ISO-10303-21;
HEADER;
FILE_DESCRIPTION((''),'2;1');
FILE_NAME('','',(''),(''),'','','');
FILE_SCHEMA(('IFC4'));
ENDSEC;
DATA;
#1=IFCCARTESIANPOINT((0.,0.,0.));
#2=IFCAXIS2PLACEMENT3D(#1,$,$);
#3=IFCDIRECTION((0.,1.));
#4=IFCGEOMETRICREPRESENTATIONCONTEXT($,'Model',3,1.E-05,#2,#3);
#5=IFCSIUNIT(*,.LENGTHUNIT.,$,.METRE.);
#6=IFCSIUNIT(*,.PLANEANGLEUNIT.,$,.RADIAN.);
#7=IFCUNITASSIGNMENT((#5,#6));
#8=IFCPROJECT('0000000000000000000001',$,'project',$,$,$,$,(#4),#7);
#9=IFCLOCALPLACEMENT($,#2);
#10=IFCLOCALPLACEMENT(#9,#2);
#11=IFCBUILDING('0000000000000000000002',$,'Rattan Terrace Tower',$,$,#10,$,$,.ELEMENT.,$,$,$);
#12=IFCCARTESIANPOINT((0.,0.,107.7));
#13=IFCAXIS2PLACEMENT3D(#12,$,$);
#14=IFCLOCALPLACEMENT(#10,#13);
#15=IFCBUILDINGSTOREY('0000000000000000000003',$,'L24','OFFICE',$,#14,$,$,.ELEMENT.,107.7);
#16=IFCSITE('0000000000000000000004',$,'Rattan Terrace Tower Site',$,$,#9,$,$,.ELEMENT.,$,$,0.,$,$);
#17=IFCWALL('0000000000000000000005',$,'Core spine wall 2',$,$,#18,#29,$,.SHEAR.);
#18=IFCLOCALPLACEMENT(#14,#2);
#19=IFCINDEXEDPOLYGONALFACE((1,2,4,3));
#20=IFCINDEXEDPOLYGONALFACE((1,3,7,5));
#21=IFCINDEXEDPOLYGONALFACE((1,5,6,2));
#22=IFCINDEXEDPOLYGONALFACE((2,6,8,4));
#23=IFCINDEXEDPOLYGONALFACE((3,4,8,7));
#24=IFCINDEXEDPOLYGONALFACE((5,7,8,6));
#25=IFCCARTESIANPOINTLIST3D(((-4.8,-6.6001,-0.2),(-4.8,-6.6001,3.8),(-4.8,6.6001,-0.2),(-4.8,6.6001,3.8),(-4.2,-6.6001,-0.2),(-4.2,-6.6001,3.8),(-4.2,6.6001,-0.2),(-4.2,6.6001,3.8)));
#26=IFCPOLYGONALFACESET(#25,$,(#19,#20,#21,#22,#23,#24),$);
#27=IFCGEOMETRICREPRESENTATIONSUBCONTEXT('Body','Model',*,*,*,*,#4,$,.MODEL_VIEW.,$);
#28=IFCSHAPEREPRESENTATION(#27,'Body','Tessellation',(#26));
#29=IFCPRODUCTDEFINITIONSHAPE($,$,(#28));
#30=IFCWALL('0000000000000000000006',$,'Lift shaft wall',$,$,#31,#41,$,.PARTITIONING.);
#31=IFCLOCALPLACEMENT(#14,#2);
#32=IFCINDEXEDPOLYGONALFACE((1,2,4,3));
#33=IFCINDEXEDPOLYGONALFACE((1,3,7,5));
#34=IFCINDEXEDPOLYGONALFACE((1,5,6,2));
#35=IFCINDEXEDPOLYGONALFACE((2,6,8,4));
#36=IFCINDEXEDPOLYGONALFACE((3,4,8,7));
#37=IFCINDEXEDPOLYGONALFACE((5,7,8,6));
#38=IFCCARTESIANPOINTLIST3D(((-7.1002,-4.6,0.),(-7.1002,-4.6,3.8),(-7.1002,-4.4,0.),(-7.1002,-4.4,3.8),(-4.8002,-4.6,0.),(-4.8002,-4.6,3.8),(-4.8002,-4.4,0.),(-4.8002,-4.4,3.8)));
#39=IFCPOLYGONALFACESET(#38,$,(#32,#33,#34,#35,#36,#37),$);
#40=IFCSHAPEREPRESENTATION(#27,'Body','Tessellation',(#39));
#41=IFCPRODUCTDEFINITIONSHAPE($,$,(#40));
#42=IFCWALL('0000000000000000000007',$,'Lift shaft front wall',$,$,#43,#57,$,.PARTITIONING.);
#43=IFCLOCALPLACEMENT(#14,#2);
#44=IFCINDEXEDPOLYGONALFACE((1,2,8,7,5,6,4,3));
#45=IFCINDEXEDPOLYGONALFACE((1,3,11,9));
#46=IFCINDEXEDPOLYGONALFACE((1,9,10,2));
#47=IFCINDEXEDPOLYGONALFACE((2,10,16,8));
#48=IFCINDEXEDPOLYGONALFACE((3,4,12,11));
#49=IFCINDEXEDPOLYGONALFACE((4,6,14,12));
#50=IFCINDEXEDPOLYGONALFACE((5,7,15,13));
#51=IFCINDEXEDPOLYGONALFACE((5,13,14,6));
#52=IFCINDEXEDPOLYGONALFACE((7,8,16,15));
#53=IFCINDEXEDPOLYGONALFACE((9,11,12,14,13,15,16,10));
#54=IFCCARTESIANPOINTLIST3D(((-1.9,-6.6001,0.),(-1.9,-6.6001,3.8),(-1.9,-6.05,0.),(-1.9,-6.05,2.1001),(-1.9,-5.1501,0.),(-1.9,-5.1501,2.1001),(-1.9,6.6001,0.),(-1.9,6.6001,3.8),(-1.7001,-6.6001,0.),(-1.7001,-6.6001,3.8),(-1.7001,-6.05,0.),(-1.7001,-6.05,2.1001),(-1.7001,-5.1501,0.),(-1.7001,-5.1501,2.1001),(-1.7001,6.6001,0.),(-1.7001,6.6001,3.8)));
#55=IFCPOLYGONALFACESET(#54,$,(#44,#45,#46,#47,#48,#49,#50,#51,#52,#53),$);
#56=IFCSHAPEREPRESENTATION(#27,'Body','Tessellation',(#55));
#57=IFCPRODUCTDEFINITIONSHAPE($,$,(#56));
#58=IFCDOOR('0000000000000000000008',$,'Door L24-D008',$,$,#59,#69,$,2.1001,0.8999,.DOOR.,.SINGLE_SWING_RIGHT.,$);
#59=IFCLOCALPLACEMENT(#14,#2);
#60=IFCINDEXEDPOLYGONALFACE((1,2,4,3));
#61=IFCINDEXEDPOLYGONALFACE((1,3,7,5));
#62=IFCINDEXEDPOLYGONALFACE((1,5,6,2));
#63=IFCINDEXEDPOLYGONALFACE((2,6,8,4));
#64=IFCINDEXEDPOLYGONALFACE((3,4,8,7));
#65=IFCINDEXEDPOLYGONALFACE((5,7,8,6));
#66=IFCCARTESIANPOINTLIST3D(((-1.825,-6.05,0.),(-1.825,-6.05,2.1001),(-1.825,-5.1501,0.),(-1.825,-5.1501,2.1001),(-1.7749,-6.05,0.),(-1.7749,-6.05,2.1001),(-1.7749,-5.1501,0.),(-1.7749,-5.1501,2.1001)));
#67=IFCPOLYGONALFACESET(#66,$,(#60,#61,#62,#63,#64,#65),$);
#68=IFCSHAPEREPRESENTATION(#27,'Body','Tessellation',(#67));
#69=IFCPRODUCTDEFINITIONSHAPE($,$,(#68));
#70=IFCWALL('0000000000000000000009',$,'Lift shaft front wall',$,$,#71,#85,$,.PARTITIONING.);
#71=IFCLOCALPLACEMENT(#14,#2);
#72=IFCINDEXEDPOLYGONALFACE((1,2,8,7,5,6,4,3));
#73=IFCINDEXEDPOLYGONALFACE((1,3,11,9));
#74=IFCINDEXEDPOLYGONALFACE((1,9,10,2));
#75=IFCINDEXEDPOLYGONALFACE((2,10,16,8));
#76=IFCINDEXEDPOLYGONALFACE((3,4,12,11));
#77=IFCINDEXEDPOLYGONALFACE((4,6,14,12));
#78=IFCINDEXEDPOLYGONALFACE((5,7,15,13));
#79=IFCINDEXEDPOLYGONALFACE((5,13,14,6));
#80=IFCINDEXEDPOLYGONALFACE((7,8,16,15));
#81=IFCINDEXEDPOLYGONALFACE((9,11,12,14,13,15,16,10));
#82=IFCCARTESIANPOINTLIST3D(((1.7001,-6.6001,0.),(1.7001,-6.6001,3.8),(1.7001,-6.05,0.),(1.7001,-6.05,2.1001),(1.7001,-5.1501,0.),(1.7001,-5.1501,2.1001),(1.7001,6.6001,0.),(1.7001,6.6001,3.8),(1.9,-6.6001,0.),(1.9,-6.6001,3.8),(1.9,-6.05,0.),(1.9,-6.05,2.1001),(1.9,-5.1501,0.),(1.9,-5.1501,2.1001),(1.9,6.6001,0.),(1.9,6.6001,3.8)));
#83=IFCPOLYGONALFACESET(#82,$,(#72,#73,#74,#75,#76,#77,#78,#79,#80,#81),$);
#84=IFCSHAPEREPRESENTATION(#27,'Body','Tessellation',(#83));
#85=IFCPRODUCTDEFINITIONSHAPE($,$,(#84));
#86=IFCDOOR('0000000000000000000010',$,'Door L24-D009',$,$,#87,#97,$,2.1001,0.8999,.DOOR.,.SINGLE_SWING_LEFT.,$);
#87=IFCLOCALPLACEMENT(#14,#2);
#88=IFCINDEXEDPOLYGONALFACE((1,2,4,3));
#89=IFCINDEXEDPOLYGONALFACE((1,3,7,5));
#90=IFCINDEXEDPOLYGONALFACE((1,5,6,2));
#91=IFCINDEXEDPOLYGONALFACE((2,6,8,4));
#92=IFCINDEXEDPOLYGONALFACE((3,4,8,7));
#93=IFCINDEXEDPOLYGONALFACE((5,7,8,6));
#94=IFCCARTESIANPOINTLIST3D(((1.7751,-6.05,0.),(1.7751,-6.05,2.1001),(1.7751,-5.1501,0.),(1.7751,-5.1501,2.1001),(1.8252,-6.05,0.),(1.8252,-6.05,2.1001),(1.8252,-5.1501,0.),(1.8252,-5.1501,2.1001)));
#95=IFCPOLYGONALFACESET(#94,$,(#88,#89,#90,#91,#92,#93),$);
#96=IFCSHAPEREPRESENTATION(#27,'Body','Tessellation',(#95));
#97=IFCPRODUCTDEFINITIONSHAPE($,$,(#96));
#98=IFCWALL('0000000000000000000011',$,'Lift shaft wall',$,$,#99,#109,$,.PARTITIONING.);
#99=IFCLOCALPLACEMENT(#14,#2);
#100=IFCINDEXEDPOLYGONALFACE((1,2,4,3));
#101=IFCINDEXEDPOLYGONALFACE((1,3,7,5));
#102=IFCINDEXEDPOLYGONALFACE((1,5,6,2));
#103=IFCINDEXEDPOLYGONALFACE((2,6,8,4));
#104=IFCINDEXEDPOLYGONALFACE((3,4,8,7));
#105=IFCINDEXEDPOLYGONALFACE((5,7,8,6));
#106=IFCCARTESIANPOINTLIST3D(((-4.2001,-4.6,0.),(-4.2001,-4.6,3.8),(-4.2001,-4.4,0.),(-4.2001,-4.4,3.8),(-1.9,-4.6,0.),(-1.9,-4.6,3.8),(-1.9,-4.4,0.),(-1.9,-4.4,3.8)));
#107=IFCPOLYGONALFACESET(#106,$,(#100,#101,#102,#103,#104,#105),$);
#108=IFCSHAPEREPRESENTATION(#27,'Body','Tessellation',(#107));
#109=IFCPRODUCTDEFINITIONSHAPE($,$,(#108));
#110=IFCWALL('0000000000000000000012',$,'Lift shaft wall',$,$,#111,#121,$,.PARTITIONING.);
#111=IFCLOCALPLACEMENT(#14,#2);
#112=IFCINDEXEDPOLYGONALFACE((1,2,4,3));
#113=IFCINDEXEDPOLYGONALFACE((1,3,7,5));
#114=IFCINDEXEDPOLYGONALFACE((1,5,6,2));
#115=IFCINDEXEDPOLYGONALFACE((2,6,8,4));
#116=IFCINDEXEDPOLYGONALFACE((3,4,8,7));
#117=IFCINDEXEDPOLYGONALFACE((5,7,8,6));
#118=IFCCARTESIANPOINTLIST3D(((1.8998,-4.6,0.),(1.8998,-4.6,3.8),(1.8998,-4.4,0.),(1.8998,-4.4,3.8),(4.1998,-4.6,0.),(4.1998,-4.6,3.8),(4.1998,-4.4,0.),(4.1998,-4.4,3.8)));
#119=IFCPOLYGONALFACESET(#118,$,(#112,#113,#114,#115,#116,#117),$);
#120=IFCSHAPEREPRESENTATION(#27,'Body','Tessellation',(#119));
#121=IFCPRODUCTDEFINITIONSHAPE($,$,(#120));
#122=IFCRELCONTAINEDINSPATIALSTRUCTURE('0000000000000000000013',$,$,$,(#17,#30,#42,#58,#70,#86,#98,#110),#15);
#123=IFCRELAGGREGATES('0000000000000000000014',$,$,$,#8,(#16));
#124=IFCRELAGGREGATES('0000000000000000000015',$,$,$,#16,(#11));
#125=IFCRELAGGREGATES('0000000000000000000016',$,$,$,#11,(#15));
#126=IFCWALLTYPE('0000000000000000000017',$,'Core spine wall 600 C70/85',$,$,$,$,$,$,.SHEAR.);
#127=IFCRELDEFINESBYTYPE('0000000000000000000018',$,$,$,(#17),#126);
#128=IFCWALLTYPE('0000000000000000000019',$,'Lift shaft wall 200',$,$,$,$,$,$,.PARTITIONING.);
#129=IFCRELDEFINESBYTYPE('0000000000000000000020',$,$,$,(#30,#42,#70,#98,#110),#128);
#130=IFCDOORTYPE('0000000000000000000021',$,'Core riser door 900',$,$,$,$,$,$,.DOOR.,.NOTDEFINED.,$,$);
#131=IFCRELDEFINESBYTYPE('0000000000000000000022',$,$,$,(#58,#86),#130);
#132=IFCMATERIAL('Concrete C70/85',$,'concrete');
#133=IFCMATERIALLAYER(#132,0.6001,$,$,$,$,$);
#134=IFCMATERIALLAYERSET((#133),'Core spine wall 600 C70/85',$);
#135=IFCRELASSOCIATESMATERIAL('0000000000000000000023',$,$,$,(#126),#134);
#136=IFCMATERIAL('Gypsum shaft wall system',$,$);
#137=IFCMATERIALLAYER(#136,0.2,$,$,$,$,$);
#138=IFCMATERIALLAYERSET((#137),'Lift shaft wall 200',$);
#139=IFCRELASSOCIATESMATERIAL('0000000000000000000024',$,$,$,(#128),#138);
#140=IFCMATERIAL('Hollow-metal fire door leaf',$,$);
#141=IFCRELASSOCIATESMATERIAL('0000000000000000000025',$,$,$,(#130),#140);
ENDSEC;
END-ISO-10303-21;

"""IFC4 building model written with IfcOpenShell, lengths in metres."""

from ifc_helpers import new_model, si_unit, direction, frame, frame_2d, origin, place, context, subcontext, project, spatial, rectangle, extrude, material, layer, layer_set, type_object, element, fill, save


model = new_model("IFC4")

# Units and contexts
model_context = context("Model", 3, precision=1e-05, world=origin(), true_north=direction((0.0, 1.0)))
body_context = subcontext(model_context, "Body", "Model", "MODEL_VIEW")
ifc_project = project(units=[si_unit("LENGTHUNIT", "METRE"), si_unit("PLANEANGLEUNIT", "RADIAN")], contexts=[model_context])

# Site, building, storey
site_placement = place(None, origin())
site = spatial("IfcSite", under=ifc_project, at=site_placement, Name="Rattan Terrace Tower Site", CompositionType="ELEMENT", RefElevation=0.0)
building_placement = place(site_placement, origin())
building = spatial("IfcBuilding", under=site, at=building_placement, Name="Rattan Terrace Tower", CompositionType="ELEMENT")
storey_placement = place(building_placement, frame((0.0, 0.0, 107.7)))
storey = spatial("IfcBuildingStorey", under=building, at=storey_placement, Name="L24", Description="OFFICE", CompositionType="ELEMENT", Elevation=107.7)

# Walls
ifc_material_1 = material(Name="Concrete C70/85", Category="concrete")
ifc_layer_1 = layer(ifc_material_1, 0.6001)
ifc_layer_set_1 = layer_set([ifc_layer_1], Name="Core spine wall 600 C70/85")
wall_type_1 = type_object("IfcWallType", Name="Core spine wall 600 C70/85", PredefinedType="SHEAR", material=ifc_layer_set_1)
wall_1_placement = place(storey_placement, frame((-4.5, -6.6001, -0.2), z_axis=(0.0, 0.0, 1.0), x_axis=(0.0, 1.0, 0.0)))
element("IfcWall", 1, at=wall_1_placement, inside=storey, type_object=wall_type_1, Name="Core spine wall 2", PredefinedType="SHEAR", context=body_context, shape_type="SweptSolid", body=[
    extrude(rectangle(XDim=13.2002, YDim=0.6001, at=frame_2d((6.6001, 0.0))), origin(), (0.0, 0.0, 1.0), 4.0),
])
ifc_material_2 = material(Name="Gypsum shaft wall system")
ifc_layer_2 = layer(ifc_material_2, 0.2)
ifc_layer_set_2 = layer_set([ifc_layer_2], Name="Lift shaft wall 200")
wall_type_2 = type_object("IfcWallType", Name="Lift shaft wall 200", PredefinedType="PARTITIONING", material=ifc_layer_set_2)
wall_2_placement = place(storey_placement, frame((-7.1001, -4.5, 0.0), z_axis=(0.0, 0.0, 1.0), x_axis=(1.0, 0.0, 0.0)))
element("IfcWall", 2, at=wall_2_placement, inside=storey, type_object=wall_type_2, Name="Lift shaft wall", PredefinedType="PARTITIONING", context=body_context, shape_type="SweptSolid", body=[
    extrude(rectangle(XDim=2.3, YDim=0.2, at=frame_2d((1.1499, 0.0))), origin(), (0.0, 0.0, 1.0), 3.8),
])

# Walls, openings, doors
wall_3_placement = place(storey_placement, frame((-1.8, -6.6001, 0.0), z_axis=(0.0, 0.0, 1.0), x_axis=(0.0, 1.0, 0.0)))
wall_3 = element("IfcWall", 3, at=wall_3_placement, inside=storey, type_object=wall_type_2, Name="Lift shaft front wall", PredefinedType="PARTITIONING", context=body_context, shape_type="SweptSolid", body=[
    extrude(rectangle(XDim=13.2002, YDim=0.2, at=frame_2d((6.6001, 0.0))), origin(), (0.0, 0.0, 1.0), 3.8),
])
opening_1_placement = place(wall_3_placement, frame((0.55, 0.0, 0.0)))
opening_1 = element("IfcOpeningElement", 4, at=opening_1_placement, cuts=wall_3, PredefinedType="OPENING", context=body_context, shape_type="SweptSolid", body=[
    extrude(rectangle(XDim=0.8999, YDim=2.1001, at=frame_2d((0.45, 1.05))), frame((0.0, 0.1106, 0.0), z_axis=(0.0, -1.0, 0.0), x_axis=(1.0, 0.0, 0.0)), (0.0, 0.0, 1.0), 0.2209),
])
ifc_material_3 = material(Name="Hollow-metal fire door leaf")
door_type = type_object("IfcDoorType", Name="Core riser door 900", OperationType="NOTDEFINED", PredefinedType="DOOR", material=ifc_material_3)
door_1_placement = place(opening_1_placement, origin())
door_1 = element("IfcDoor", 5, at=door_1_placement, inside=storey, type_object=door_type, Name="Door L24-D008", OperationType="SINGLE_SWING_RIGHT", OverallHeight=2.1001, OverallWidth=0.8999, PredefinedType="DOOR", context=body_context, shape_type="SweptSolid", body=[
    extrude(rectangle(XDim=0.8999, YDim=2.1001, at=frame_2d((0.45, 1.05))), frame((0.0, 0.0249, 0.0), z_axis=(0.0, -1.0, 0.0), x_axis=(1.0, 0.0, 0.0)), (0.0, 0.0, 1.0), 0.05),
])
fill(opening_1, door_1)
wall_4_placement = place(storey_placement, frame((1.8, -6.6001, 0.0), z_axis=(0.0, 0.0, 1.0), x_axis=(0.0, 1.0, 0.0)))
wall_4 = element("IfcWall", 6, at=wall_4_placement, inside=storey, type_object=wall_type_2, Name="Lift shaft front wall", PredefinedType="PARTITIONING", context=body_context, shape_type="SweptSolid", body=[
    extrude(rectangle(XDim=13.2002, YDim=0.2, at=frame_2d((6.6001, 0.0))), origin(), (0.0, 0.0, 1.0), 3.8),
])
opening_2_placement = place(wall_4_placement, frame((0.55, 0.0, 0.0)))
opening_2 = element("IfcOpeningElement", 7, at=opening_2_placement, cuts=wall_4, PredefinedType="OPENING", context=body_context, shape_type="SweptSolid", body=[
    extrude(rectangle(XDim=0.8999, YDim=2.1001, at=frame_2d((0.45, 1.05))), frame((0.0, 0.1106, 0.0), z_axis=(0.0, -1.0, 0.0), x_axis=(1.0, 0.0, 0.0)), (0.0, 0.0, 1.0), 0.2209),
])
door_2_placement = place(opening_2_placement, origin())
door_2 = element("IfcDoor", 8, at=door_2_placement, inside=storey, type_object=door_type, Name="Door L24-D009", OperationType="SINGLE_SWING_LEFT", OverallHeight=2.1001, OverallWidth=0.8999, PredefinedType="DOOR", context=body_context, shape_type="SweptSolid", body=[
    extrude(rectangle(XDim=0.8999, YDim=2.1001, at=frame_2d((0.45, 1.05))), frame((0.0, 0.0249, 0.0), z_axis=(0.0, -1.0, 0.0), x_axis=(1.0, 0.0, 0.0)), (0.0, 0.0, 1.0), 0.05),
])
fill(opening_2, door_2)

# Walls
for number, where, z_axis, x_axis, name in (
    (9, (-4.2, -4.5, 0.0), (0.0, 0.0, 1.0), (1.0, 0.0, 0.0), "Lift shaft wall"),
    (10, (1.8999, -4.5, 0.0), (0.0, 0.0, 1.0), (1.0, 0.0, 0.0), "Lift shaft wall"),
):
    element("IfcWall", number, at=place(storey_placement, frame(where, z_axis=z_axis, x_axis=x_axis)), inside=storey, type_object=wall_type_2, Name=name, PredefinedType="PARTITIONING", context=body_context, shape_type="SweptSolid", body=[
        extrude(rectangle(XDim=2.3, YDim=0.2, at=frame_2d((1.1499, 0.0))), origin(), (0.0, 0.0, 1.0), 3.8),
    ])

save(model, "model.ifc")
